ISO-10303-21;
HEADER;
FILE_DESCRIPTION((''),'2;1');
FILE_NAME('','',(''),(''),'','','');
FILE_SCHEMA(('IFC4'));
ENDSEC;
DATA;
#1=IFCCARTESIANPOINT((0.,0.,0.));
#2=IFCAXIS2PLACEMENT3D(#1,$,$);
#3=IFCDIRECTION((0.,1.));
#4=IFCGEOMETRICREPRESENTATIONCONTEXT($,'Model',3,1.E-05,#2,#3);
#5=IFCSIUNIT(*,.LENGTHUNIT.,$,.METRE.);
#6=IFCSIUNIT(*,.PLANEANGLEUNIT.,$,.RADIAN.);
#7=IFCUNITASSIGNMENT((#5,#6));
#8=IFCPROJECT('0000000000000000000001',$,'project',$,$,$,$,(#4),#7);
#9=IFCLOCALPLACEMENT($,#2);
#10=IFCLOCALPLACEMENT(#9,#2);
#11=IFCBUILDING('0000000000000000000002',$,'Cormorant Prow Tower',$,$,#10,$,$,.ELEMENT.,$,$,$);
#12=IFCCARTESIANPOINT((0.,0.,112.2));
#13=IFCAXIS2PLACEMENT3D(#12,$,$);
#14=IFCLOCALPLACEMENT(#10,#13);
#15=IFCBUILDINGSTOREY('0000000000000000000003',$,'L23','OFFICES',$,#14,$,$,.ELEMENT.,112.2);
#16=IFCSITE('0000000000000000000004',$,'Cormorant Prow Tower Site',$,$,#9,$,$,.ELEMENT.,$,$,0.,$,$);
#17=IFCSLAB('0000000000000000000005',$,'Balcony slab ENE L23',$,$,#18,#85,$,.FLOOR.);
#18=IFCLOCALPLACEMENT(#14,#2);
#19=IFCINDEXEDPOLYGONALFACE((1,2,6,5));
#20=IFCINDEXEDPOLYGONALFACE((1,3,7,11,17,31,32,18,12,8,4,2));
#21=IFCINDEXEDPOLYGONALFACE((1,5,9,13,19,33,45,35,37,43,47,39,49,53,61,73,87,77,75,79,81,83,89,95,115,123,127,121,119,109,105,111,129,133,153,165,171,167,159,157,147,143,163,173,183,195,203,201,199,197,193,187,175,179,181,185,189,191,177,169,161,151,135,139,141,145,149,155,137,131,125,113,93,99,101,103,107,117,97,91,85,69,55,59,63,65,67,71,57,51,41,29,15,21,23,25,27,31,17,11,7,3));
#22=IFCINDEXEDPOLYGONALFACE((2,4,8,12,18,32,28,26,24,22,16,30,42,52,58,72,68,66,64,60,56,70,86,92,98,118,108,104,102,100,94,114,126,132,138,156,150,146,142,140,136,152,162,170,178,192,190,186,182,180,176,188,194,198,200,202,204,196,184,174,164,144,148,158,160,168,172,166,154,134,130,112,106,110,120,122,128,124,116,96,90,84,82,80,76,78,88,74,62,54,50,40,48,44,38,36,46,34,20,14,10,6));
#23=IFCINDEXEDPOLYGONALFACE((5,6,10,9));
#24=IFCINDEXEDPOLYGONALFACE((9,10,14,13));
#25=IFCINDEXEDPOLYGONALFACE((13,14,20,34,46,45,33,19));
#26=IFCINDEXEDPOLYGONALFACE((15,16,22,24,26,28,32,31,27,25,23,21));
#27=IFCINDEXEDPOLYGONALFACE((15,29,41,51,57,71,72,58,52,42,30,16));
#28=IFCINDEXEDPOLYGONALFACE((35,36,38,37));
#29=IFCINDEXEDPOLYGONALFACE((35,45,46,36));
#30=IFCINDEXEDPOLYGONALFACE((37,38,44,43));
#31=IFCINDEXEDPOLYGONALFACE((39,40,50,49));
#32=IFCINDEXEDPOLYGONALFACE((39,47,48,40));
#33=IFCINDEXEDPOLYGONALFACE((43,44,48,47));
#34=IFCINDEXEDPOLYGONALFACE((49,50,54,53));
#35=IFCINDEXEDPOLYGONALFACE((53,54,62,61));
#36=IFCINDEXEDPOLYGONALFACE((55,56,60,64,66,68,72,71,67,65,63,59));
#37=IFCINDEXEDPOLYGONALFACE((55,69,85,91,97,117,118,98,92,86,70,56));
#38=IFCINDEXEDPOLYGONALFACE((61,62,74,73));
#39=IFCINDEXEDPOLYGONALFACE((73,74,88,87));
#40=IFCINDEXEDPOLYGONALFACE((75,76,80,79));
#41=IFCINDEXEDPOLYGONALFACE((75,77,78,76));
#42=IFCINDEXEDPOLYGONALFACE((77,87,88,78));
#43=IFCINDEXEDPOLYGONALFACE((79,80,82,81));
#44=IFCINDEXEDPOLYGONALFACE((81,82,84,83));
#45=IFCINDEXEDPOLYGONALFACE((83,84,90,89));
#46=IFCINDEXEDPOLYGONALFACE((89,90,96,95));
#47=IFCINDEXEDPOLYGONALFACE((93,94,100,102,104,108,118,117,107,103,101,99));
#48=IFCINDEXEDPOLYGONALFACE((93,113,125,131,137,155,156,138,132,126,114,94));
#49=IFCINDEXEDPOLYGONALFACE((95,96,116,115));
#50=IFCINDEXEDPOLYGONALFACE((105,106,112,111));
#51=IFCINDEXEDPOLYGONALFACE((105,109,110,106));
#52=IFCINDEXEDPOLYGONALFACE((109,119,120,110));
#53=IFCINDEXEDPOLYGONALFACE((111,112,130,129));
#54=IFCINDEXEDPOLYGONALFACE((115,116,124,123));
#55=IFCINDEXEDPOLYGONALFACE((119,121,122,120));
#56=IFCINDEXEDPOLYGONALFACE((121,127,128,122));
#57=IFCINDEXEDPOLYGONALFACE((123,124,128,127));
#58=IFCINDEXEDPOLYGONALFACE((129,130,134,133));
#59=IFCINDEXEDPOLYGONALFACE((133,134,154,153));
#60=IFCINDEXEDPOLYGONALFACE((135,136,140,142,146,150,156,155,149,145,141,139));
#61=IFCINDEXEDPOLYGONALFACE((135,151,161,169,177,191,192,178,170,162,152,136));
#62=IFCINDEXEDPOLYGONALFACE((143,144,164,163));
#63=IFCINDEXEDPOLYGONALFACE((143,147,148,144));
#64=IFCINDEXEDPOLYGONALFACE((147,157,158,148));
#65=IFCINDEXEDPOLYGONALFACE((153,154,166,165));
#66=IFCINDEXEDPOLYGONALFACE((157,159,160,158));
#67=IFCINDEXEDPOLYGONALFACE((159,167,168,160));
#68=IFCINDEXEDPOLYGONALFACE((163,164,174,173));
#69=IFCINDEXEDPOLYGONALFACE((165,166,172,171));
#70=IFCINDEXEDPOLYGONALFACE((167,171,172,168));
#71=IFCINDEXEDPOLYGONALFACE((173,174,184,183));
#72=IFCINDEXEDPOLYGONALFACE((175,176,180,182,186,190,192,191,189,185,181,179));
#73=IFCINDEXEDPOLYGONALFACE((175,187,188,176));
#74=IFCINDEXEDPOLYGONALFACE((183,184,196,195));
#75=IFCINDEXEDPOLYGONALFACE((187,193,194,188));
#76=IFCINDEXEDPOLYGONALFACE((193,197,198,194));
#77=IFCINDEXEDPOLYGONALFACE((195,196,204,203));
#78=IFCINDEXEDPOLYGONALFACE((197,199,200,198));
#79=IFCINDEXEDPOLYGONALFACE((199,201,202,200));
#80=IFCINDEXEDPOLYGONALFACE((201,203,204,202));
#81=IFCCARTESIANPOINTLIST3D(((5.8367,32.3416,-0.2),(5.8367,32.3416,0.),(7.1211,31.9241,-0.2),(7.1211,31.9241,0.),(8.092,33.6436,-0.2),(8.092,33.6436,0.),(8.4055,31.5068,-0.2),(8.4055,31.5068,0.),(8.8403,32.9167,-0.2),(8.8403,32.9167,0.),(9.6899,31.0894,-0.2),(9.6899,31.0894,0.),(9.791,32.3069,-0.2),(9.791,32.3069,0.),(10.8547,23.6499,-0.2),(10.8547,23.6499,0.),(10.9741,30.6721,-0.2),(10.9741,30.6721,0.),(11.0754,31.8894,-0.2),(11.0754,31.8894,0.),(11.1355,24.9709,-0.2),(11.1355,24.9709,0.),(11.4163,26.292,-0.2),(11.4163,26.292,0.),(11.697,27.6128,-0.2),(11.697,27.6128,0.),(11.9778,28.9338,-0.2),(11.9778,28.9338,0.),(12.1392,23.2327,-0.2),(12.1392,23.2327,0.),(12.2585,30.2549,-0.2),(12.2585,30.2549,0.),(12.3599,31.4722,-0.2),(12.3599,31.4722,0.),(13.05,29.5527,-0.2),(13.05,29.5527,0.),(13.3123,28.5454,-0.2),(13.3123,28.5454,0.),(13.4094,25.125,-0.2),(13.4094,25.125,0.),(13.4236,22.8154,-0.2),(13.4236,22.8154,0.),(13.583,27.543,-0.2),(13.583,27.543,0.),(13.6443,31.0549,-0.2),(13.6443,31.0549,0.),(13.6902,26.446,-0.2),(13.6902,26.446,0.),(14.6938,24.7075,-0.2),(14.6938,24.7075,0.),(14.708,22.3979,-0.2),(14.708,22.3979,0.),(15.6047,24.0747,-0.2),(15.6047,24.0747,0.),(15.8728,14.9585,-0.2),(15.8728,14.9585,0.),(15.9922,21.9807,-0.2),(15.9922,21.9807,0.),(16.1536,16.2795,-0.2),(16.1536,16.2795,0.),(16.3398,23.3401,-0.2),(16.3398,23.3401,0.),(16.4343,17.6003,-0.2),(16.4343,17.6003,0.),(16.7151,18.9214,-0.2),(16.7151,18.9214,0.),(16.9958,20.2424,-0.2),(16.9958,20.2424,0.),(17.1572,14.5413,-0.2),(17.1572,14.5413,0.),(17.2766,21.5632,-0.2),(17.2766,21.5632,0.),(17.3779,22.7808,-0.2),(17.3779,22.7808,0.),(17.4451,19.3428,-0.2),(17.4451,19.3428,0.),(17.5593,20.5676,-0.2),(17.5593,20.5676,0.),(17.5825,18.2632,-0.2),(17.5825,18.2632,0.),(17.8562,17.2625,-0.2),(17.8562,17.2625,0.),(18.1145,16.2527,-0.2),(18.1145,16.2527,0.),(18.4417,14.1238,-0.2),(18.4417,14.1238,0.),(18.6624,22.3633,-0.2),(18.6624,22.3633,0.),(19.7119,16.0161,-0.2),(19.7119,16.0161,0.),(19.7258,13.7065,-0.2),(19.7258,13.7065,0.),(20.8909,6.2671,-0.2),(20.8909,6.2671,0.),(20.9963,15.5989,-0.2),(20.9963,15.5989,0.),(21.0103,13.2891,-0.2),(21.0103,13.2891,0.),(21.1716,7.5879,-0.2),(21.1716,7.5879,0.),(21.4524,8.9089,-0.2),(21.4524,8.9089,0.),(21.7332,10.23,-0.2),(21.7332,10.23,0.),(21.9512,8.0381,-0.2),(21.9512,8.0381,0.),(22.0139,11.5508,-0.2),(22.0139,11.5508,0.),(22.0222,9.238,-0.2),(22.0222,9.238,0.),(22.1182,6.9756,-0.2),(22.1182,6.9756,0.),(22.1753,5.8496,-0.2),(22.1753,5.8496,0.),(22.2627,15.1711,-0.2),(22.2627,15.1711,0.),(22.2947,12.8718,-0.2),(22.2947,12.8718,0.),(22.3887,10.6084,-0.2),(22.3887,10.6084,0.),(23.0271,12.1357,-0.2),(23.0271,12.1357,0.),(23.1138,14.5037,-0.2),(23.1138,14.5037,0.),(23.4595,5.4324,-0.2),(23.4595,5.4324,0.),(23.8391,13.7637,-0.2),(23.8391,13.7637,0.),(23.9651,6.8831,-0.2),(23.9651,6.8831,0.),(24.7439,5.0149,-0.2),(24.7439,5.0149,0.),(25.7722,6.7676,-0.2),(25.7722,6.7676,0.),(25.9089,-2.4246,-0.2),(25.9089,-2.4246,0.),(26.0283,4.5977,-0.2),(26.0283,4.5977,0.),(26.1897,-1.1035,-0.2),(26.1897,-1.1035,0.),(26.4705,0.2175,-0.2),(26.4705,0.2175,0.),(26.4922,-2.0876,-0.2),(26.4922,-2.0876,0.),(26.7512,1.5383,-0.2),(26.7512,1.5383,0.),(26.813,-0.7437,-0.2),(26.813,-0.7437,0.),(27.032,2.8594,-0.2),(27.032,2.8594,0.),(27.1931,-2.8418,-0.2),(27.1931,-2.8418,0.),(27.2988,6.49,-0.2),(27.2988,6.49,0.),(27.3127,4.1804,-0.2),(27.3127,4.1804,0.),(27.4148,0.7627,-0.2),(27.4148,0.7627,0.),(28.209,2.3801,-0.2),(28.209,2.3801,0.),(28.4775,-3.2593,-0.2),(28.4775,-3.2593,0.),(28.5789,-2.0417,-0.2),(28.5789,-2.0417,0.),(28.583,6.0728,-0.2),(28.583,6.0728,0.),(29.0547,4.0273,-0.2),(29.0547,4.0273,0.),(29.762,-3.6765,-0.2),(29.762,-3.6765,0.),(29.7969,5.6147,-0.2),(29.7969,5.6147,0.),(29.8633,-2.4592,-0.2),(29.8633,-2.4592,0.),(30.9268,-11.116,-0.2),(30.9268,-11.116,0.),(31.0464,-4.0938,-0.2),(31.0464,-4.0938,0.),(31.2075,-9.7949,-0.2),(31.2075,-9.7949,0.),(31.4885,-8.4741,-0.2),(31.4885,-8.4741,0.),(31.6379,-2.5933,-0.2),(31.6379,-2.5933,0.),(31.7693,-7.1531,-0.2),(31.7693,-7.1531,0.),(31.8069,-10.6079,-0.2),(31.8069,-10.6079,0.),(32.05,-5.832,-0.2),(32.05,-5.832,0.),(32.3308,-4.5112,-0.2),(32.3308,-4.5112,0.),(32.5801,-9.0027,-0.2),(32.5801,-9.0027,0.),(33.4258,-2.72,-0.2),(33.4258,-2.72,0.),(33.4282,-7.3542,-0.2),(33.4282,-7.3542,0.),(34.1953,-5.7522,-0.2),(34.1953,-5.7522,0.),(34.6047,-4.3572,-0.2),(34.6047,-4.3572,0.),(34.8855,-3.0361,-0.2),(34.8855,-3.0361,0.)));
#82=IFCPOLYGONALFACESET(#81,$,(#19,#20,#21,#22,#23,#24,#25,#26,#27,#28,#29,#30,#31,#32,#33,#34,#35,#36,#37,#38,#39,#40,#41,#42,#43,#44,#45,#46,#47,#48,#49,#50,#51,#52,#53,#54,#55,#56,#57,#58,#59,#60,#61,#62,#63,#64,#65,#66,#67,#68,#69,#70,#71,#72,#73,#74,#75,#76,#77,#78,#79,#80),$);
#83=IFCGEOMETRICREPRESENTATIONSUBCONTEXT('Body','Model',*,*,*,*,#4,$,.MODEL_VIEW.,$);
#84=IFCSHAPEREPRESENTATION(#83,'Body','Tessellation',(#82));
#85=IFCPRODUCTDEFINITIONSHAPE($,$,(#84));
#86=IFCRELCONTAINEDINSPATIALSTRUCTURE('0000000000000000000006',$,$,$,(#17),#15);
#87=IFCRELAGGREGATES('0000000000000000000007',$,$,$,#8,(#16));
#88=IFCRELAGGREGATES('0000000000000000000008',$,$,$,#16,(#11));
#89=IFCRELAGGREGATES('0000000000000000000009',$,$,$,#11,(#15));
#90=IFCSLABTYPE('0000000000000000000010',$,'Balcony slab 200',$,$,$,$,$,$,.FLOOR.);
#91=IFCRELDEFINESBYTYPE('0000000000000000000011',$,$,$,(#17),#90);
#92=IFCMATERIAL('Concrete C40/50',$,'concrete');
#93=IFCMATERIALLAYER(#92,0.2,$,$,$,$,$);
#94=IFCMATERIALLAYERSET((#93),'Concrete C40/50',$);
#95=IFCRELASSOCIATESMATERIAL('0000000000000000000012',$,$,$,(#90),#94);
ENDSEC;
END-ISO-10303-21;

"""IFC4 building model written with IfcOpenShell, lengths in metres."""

from ifc_helpers import new_model, si_unit, direction, frame, origin, place, context, subcontext, project, spatial, polyline, outline, extrude, material, layer, layer_set, type_object, element, save


model = new_model("IFC4")

# Units and contexts
model_context = context("Model", 3, precision=1e-05, world=origin(), true_north=direction((0.0, 1.0)))
body_context = subcontext(model_context, "Body", "Model", "MODEL_VIEW")
ifc_project = project(units=[si_unit("LENGTHUNIT", "METRE"), si_unit("PLANEANGLEUNIT", "RADIAN")], contexts=[model_context])

# Site, building, storey
site_placement = place(None, origin())
site = spatial("IfcSite", under=ifc_project, at=site_placement, Name="Cormorant Prow Tower Site", CompositionType="ELEMENT", RefElevation=0.0)
building_placement = place(site_placement, origin())
building = spatial("IfcBuilding", under=site, at=building_placement, Name="Cormorant Prow Tower", CompositionType="ELEMENT")
storey_placement = place(building_placement, frame((0.0, 0.0, 112.2)))
storey = spatial("IfcBuildingStorey", under=building, at=storey_placement, Name="L23", Description="OFFICES", CompositionType="ELEMENT", Elevation=112.2)

# Slab
ifc_material_1 = material(Name="Concrete C40/50", Category="concrete")
ifc_layer_1 = layer(ifc_material_1, 0.2)
ifc_layer_set_1 = layer_set([ifc_layer_1], Name="Concrete C40/50")
slab_type_1 = type_object("IfcSlabType", Name="Balcony slab 200", PredefinedType="FLOOR", material=ifc_layer_set_1)
slab_1_placement = place(storey_placement, frame((0.0, 0.0, -0.2)))
element("IfcSlab", 1, at=slab_1_placement, inside=storey, type_object=slab_type_1, Name="Balcony slab ENE L23", PredefinedType="FLOOR", context=body_context, shape_type="SweptSolid", body=[
    extrude(outline(polyline([(30.9268, -11.116), (31.8069, -10.6079), (32.5801, -9.0027), (33.4282, -7.3542), (34.1953, -5.7522), (34.6047, -4.3572), (34.8855, -3.0361), (33.4258, -2.72), (31.6379, -2.5933), (29.8633, -2.4592), (28.5789, -2.0417), (26.4922, -2.0876), (26.813, -0.7437), (27.4148, 0.7627), (28.209, 2.3801), (29.0547, 4.0273), (29.7969, 5.6147), (28.583, 6.0728), (27.2988, 6.49), (25.7722, 6.7676), (23.9651, 6.8831), (22.1182, 6.9756), (21.9512, 8.0381), (22.0222, 9.238), (22.3887, 10.6084), (23.0271, 12.1357), (23.8391, 13.7637), (23.1138, 14.5037), (22.2627, 15.1711), (20.9963, 15.5989), (19.7119, 16.0161), (18.1145, 16.2527), (17.8562, 17.2625), (17.5825, 18.2632), (17.4451, 19.3428), (17.5593, 20.5676), (18.6624, 22.3633), (17.3779, 22.7808), (16.3398, 23.3401), (15.6047, 24.0747), (14.6938, 24.7075), (13.4094, 25.125), (13.6902, 26.446), (13.583, 27.543), (13.3123, 28.5454), (13.05, 29.5527), (13.6443, 31.0549), (12.3599, 31.4722), (11.0754, 31.8894), (9.791, 32.3069), (8.8403, 32.9167), (8.092, 33.6436), (5.8367, 32.3416), (7.1211, 31.9241), (8.4055, 31.5068), (9.6899, 31.0894), (10.9741, 30.6721), (12.2585, 30.2549), (11.9778, 28.9338), (11.697, 27.6128), (11.4163, 26.292), (11.1355, 24.9709), (10.8547, 23.6499), (12.1392, 23.2327), (13.4236, 22.8154), (14.708, 22.3979), (15.9922, 21.9807), (17.2766, 21.5632), (16.9958, 20.2424), (16.7151, 18.9214), (16.4343, 17.6003), (16.1536, 16.2795), (15.8728, 14.9585), (17.1572, 14.5413), (18.4417, 14.1238), (19.7258, 13.7065), (21.0103, 13.2891), (22.2947, 12.8718), (22.0139, 11.5508), (21.7332, 10.23), (21.4524, 8.9089), (21.1716, 7.5879), (20.8909, 6.2671), (22.1753, 5.8496), (23.4595, 5.4324), (24.7439, 5.0149), (26.0283, 4.5977), (27.3127, 4.1804), (27.032, 2.8594), (26.7512, 1.5383), (26.4705, 0.2175), (26.1897, -1.1035), (25.9089, -2.4246), (27.1931, -2.8418), (28.4775, -3.2593), (29.762, -3.6765), (31.0464, -4.0938), (32.3308, -4.5112), (32.05, -5.832), (31.7693, -7.1531), (31.4885, -8.4741), (31.2075, -9.7949), (30.9268, -11.116)])), origin(), (0.0, 0.0, 1.0), 0.2),
])

save(model, "model.ifc")
